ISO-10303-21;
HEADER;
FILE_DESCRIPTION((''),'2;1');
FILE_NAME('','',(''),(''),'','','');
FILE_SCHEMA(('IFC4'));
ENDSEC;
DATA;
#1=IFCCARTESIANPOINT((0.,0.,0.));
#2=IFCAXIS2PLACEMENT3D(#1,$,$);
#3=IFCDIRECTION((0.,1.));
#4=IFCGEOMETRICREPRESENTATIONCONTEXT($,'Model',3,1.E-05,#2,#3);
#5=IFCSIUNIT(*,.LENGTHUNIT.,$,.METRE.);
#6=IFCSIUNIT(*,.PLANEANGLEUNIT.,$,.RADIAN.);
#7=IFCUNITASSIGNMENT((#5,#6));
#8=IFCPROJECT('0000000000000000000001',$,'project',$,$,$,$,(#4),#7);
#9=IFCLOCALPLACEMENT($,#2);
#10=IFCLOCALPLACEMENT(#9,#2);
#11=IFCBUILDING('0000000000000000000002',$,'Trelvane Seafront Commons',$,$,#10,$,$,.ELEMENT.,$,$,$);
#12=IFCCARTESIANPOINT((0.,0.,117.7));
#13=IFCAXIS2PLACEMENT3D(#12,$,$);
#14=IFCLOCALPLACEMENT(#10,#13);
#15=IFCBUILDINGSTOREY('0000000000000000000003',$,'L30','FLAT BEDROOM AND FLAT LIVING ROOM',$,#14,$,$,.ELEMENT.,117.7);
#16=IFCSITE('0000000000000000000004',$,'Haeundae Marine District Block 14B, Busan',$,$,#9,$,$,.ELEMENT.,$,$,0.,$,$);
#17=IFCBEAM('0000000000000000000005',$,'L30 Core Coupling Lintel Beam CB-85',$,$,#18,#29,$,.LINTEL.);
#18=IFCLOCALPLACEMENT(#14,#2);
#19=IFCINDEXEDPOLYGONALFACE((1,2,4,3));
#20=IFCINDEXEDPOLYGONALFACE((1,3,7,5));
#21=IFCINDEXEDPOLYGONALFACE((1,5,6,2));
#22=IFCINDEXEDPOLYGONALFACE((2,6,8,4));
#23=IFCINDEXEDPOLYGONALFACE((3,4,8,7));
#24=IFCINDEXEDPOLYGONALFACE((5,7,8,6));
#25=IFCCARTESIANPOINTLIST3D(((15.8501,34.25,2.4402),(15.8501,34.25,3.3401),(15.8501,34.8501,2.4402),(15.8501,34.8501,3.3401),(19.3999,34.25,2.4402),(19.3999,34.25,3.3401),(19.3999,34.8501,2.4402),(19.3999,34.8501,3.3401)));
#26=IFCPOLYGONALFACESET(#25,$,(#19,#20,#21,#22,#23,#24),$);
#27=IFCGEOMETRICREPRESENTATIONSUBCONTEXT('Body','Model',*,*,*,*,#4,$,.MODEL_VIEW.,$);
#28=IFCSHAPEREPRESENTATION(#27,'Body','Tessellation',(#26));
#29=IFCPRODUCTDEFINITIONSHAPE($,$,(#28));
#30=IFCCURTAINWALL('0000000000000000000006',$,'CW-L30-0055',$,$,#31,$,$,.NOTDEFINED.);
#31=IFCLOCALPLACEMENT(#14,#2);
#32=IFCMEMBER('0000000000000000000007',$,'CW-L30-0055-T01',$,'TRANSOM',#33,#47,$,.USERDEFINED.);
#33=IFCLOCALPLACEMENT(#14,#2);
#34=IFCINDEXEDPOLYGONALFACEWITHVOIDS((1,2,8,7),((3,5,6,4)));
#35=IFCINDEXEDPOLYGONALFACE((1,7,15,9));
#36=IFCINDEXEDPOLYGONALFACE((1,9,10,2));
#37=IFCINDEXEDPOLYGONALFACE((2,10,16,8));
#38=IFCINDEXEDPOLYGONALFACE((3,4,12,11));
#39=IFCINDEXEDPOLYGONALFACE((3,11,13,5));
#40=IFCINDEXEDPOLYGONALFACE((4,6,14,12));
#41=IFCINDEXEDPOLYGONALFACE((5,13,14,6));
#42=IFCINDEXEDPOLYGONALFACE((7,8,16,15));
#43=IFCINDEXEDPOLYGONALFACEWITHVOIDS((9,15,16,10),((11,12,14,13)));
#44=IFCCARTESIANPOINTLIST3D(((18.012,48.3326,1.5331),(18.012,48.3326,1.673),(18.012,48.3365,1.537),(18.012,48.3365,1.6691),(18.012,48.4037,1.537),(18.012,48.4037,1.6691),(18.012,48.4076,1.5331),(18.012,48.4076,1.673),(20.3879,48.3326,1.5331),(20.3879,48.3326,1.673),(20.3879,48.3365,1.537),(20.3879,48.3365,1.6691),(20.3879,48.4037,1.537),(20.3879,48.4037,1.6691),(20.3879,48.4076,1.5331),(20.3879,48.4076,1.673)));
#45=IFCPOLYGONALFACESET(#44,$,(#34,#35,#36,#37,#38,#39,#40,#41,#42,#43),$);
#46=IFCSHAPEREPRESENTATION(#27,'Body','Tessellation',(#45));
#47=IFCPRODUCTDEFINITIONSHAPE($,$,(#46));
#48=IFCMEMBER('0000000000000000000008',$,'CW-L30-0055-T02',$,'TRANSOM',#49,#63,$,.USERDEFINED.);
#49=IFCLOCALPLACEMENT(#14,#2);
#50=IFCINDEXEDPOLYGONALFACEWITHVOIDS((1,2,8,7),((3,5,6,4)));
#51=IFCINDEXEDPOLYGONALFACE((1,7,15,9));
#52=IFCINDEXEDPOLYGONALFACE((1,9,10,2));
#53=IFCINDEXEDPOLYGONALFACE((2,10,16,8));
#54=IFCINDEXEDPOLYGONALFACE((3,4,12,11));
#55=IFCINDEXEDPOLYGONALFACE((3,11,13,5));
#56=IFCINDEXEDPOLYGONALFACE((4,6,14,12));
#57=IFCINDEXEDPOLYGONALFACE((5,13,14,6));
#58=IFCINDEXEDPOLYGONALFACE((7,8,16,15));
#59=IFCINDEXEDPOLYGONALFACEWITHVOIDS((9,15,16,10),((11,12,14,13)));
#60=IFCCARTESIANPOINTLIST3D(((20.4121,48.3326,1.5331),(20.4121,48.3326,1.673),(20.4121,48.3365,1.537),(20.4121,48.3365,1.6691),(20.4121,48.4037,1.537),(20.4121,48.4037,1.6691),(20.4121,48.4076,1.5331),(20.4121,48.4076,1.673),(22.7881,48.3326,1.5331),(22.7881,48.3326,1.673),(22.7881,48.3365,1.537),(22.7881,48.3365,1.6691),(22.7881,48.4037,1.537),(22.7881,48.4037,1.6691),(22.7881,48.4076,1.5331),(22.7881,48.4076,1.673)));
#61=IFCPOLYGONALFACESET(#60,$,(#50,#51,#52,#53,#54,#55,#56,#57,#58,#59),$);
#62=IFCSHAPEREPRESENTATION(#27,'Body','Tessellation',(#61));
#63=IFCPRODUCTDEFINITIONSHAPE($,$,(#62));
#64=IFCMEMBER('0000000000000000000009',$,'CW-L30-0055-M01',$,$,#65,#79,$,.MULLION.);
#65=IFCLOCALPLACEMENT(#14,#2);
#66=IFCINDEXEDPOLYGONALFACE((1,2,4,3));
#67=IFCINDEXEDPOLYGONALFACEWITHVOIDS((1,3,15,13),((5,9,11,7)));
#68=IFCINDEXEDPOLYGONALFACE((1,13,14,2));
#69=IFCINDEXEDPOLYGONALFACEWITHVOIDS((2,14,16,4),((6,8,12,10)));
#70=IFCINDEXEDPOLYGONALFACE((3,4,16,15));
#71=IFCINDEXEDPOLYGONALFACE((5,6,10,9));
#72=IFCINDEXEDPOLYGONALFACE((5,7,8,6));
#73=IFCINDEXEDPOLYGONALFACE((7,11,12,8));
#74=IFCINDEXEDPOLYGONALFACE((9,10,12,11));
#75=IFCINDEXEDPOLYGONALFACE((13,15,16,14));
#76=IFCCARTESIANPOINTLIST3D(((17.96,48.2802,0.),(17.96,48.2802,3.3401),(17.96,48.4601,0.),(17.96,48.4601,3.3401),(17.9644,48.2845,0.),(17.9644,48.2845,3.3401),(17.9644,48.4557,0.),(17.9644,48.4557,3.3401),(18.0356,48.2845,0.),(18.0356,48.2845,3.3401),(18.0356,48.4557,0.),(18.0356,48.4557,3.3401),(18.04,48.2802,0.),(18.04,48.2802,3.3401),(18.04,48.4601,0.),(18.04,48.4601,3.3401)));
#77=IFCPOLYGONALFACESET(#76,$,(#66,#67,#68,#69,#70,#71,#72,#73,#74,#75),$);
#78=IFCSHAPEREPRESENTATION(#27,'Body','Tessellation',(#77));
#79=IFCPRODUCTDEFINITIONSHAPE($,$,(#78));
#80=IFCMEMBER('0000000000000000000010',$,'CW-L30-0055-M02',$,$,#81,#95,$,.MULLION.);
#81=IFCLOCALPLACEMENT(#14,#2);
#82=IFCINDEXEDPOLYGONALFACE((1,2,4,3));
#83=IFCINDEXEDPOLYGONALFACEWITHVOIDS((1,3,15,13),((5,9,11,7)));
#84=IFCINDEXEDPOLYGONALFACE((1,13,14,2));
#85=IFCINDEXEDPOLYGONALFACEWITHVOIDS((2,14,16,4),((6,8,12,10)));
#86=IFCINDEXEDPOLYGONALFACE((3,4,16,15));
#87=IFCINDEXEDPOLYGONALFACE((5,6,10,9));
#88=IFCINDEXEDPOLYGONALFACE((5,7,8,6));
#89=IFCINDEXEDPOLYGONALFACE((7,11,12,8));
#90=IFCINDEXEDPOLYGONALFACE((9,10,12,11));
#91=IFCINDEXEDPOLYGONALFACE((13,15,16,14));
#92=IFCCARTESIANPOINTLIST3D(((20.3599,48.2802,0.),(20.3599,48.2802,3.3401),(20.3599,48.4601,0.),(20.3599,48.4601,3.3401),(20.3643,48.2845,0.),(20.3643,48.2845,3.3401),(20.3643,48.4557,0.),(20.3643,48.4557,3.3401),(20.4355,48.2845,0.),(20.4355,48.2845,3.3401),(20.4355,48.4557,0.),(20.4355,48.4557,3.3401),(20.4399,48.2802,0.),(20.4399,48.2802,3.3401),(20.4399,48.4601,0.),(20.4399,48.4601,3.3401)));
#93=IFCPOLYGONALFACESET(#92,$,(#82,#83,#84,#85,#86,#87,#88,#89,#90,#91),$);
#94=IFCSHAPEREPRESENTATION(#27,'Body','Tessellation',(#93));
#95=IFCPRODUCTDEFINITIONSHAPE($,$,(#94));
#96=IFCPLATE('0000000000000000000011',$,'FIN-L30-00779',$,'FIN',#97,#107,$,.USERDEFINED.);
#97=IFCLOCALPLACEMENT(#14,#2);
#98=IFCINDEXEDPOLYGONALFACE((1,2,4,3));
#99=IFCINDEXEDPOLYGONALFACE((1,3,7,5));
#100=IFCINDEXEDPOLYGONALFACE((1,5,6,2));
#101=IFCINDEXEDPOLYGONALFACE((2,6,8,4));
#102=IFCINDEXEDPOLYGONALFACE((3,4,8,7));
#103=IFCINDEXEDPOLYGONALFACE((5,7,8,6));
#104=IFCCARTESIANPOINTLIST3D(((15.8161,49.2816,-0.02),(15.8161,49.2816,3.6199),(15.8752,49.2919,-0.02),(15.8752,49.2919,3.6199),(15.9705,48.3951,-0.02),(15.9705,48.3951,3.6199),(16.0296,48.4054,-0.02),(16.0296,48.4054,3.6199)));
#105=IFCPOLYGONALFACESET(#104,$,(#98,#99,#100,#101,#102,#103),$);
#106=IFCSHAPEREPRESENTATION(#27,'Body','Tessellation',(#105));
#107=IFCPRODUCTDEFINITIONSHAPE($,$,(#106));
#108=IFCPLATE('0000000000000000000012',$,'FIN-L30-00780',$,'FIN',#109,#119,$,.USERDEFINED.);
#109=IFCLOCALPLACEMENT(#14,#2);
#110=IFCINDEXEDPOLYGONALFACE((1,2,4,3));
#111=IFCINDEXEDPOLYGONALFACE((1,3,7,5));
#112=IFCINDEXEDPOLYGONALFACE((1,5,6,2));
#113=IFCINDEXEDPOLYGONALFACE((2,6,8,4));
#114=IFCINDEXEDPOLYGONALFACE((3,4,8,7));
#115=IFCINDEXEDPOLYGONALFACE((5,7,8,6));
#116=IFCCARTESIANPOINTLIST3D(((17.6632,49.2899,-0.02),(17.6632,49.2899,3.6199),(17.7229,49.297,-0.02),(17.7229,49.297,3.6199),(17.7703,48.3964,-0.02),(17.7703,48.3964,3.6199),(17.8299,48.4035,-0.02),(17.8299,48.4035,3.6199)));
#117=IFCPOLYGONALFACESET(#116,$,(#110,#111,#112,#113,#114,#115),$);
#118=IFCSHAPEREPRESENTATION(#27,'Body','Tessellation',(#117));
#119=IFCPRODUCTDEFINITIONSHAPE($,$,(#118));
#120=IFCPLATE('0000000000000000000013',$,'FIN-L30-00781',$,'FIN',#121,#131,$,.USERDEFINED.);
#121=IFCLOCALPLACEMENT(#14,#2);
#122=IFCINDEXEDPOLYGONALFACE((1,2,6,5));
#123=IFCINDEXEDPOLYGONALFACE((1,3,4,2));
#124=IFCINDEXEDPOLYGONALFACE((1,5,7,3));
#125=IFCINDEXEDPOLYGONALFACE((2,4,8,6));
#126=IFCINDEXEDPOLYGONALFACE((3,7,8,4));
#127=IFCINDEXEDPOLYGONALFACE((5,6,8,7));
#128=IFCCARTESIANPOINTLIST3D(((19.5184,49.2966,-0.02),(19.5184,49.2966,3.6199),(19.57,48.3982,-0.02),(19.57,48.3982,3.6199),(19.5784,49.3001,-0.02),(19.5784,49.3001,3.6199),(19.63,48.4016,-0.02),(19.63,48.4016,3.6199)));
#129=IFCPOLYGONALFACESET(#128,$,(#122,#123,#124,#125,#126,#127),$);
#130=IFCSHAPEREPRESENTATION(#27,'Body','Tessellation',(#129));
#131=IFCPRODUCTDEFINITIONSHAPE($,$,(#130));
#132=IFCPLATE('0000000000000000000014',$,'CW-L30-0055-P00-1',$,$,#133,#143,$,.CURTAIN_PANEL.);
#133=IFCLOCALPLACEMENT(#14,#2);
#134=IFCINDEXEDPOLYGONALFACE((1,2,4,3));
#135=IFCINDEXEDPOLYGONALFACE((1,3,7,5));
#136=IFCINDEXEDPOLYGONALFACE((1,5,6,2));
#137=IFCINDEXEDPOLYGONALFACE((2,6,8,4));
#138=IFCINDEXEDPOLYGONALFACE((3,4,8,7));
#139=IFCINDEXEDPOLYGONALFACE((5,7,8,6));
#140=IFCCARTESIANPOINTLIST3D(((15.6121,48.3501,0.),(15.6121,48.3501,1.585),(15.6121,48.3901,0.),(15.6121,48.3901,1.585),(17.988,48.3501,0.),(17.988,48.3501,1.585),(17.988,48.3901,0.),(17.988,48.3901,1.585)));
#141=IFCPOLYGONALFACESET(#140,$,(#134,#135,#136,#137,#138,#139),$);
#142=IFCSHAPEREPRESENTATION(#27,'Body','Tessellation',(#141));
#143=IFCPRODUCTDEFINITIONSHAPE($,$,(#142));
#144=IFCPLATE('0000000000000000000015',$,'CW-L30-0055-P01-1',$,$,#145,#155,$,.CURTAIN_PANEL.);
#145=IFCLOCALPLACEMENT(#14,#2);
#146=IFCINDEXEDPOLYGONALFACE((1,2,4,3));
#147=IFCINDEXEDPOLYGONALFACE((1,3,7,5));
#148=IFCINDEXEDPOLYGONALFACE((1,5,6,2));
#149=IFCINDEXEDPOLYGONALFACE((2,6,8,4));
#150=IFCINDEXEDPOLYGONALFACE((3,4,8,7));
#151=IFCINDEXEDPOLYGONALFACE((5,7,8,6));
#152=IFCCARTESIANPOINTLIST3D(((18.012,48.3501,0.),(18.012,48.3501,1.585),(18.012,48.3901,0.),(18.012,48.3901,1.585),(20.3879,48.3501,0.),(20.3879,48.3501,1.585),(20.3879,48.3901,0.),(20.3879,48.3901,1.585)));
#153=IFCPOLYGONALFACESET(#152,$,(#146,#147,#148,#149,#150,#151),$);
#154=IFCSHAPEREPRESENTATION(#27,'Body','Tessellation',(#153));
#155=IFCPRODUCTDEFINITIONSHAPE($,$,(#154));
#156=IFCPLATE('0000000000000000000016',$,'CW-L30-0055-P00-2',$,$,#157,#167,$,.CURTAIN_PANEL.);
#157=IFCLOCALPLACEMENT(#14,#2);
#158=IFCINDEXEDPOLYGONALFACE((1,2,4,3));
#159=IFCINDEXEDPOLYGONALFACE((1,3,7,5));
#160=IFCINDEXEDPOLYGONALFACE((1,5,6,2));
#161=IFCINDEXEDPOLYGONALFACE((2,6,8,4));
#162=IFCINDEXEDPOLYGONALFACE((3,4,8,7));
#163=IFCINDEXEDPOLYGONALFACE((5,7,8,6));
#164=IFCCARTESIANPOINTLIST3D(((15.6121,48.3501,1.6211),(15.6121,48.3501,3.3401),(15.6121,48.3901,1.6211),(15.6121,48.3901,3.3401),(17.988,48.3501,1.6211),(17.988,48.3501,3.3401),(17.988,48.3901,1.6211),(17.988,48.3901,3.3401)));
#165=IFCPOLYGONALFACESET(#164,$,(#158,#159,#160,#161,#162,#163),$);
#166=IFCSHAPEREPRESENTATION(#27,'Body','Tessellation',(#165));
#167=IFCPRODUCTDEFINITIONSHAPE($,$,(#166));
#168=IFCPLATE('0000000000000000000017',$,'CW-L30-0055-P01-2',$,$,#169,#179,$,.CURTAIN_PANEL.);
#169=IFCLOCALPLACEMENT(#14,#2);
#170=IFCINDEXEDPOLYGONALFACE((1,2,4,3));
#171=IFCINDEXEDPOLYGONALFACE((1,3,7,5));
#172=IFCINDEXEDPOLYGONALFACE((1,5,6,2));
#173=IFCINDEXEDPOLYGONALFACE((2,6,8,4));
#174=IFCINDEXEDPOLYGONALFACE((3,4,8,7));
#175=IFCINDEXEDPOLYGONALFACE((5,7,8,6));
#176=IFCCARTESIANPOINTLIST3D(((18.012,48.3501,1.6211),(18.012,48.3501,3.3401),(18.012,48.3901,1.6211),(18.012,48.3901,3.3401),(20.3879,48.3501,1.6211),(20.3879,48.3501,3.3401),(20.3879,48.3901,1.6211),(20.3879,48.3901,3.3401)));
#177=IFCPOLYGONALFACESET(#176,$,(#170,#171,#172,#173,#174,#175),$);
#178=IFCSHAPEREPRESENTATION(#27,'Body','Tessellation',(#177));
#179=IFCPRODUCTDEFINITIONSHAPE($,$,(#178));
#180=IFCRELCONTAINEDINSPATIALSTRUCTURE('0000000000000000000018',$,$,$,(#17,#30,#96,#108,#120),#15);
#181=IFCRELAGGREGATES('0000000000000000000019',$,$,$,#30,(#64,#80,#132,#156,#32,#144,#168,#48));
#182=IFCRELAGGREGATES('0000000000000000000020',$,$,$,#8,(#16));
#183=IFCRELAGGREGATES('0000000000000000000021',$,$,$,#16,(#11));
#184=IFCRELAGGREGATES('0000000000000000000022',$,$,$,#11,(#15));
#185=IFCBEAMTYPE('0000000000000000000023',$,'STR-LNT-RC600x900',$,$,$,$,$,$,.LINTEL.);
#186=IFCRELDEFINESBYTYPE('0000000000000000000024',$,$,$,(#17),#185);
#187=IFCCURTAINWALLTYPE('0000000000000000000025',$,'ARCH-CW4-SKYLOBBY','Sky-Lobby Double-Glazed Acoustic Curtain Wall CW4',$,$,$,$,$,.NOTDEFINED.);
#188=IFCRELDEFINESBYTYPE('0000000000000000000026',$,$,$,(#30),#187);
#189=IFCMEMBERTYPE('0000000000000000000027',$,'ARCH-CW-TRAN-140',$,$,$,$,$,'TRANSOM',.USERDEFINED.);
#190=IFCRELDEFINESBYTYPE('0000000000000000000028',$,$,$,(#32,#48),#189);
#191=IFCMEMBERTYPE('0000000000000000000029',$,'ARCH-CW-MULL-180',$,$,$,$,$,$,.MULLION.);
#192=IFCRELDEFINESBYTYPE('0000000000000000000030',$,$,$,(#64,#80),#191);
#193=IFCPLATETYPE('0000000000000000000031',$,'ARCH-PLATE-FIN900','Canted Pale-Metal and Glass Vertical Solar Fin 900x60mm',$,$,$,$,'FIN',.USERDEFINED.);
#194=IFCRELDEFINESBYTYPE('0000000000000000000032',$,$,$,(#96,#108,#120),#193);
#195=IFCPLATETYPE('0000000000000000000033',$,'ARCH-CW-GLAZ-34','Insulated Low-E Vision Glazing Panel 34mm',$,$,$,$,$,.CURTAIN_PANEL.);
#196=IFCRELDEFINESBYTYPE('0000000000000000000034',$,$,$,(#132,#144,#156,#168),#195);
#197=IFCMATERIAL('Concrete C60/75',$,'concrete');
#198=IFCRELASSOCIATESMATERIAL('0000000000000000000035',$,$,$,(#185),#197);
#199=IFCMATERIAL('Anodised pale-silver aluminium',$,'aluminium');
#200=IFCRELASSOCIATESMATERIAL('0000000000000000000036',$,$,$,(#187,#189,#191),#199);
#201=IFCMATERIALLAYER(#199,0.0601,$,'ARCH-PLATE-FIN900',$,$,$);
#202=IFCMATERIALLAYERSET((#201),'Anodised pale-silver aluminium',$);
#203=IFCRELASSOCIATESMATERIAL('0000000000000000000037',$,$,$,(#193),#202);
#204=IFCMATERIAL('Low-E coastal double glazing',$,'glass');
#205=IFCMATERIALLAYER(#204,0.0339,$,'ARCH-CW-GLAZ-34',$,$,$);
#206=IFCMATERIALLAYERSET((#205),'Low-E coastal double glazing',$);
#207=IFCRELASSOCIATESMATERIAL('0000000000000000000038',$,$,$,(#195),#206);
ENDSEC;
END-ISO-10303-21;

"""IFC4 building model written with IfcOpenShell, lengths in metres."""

from ifc_helpers import new_model, si_unit, direction, frame, origin, origin_2d, place, context, subcontext, project, spatial, rectangle, hollow_rectangle, extrude, source, transform, mapped, material, layer, layer_set, material_profile, profile_set, type_object, element, aggregate, save


model = new_model("IFC4")

# Units and contexts
model_context = context("Model", 3, precision=1e-05, world=origin(), true_north=direction((0.0, 1.0)))
body_context = subcontext(model_context, "Body", "Model", "MODEL_VIEW")
ifc_project = project(units=[si_unit("LENGTHUNIT", "METRE"), si_unit("PLANEANGLEUNIT", "RADIAN")], contexts=[model_context])

# Site, building, storey
site_placement = place(None, origin())
site = spatial("IfcSite", under=ifc_project, at=site_placement, Name="Haeundae Marine District Block 14B, Busan", CompositionType="ELEMENT", RefElevation=0.0)
building_placement = place(site_placement, origin())
building = spatial("IfcBuilding", under=site, at=building_placement, Name="Trelvane Seafront Commons", CompositionType="ELEMENT")
storey_placement = place(building_placement, frame((0.0, 0.0, 117.7)))
storey = spatial("IfcBuildingStorey", under=building, at=storey_placement, Name="L30", Description="FLAT BEDROOM AND FLAT LIVING ROOM", CompositionType="ELEMENT", Elevation=117.7)

# Beam
ifc_material_1 = material(Name="Concrete C60/75", Category="concrete")
ifc_material_profile_1 = material_profile(ifc_material_1, rectangle(XDim=0.6001, YDim=0.8999, at=origin_2d()), Name="RC-600x900")
ifc_profile_set_1 = profile_set([ifc_material_profile_1], Name="Concrete C60/75")
beam_type = type_object("IfcBeamType", Name="STR-LNT-RC600x900", PredefinedType="LINTEL", material=ifc_profile_set_1)
shared_shape_1 = source(origin(), body_context, "Body", "SweptSolid", [
    extrude(rectangle(XDim=0.6001, YDim=0.8999, at=origin_2d()), origin(), (0.0, 0.0, 1.0), 3.5498),
])
beam_placement = place(storey_placement, frame((15.8501, 34.55, 2.8901), z_axis=(1.0, 0.0, 0.0), x_axis=(0.0, 1.0, 0.0)))
element("IfcBeam", 1, at=beam_placement, inside=storey, type_object=beam_type, Name="L30 Core Coupling Lintel Beam CB-85", PredefinedType="LINTEL", context=body_context, shape_type="MappedRepresentation", body=[
    mapped(shared_shape_1, transform((0.0, 0.0, 0.0), x_axis=(1.0, 0.0, 0.0), y_axis=(0.0, 1.0, 0.0), z_axis=(0.0, 0.0, 1.0), scale=1.0)),
])

# Curtain wall, members
ifc_material_2 = material(Name="Anodised pale-silver aluminium", Category="aluminium")
curtain_wall_type = type_object("IfcCurtainWallType", Name="ARCH-CW4-SKYLOBBY", Description="Sky-Lobby Double-Glazed Acoustic Curtain Wall CW4", PredefinedType="NOTDEFINED", material=ifc_material_2)
curtain_wall_placement = place(storey_placement, origin())
curtain_wall = element("IfcCurtainWall", 2, at=curtain_wall_placement, inside=storey, type_object=curtain_wall_type, Name="CW-L30-0055", PredefinedType="NOTDEFINED")
ifc_material_profile_2 = material_profile(ifc_material_2, hollow_rectangle(XDim=0.075, YDim=0.1399, WallThickness=0.0039, at=origin_2d()), Name="TRAN-75x140x4")
ifc_profile_set_2 = profile_set([ifc_material_profile_2], Name="Anodised pale-silver aluminium")
member_type_1 = type_object("IfcMemberType", Name="ARCH-CW-TRAN-140", ElementType="TRANSOM", PredefinedType="USERDEFINED", material=ifc_profile_set_2)
shared_shape_2 = source(origin(), body_context, "Body", "SweptSolid", [
    extrude(hollow_rectangle(XDim=0.075, YDim=0.1399, WallThickness=0.0039, at=origin_2d()), origin(), (0.0, 0.0, 1.0), 2.376),
])
member_1_placement = place(storey_placement, frame((18.012, 48.3701, 1.603), z_axis=(1.0, 0.0, 0.0), x_axis=(0.0, 1.0, 0.0)))
member_1 = element("IfcMember", 3, at=member_1_placement, type_object=member_type_1, Name="CW-L30-0055-T01", ObjectType="TRANSOM", PredefinedType="USERDEFINED", context=body_context, shape_type="MappedRepresentation", body=[
    mapped(shared_shape_2, transform((0.0, 0.0, 0.0), x_axis=(1.0, 0.0, 0.0), y_axis=(0.0, 1.0, 0.0), z_axis=(0.0, 0.0, 1.0), scale=1.0)),
])
member_2_placement = place(storey_placement, frame((20.4121, 48.3701, 1.603), z_axis=(1.0, 0.0, 0.0), x_axis=(0.0, 1.0, 0.0)))
member_2 = element("IfcMember", 4, at=member_2_placement, type_object=member_type_1, Name="CW-L30-0055-T02", ObjectType="TRANSOM", PredefinedType="USERDEFINED", context=body_context, shape_type="MappedRepresentation", body=[
    mapped(shared_shape_2, transform((0.0, 0.0, 0.0), x_axis=(1.0, 0.0, 0.0), y_axis=(0.0, 1.0, 0.0), z_axis=(0.0, 0.0, 1.0), scale=1.0)),
])
ifc_material_profile_3 = material_profile(ifc_material_2, hollow_rectangle(XDim=0.0801, YDim=0.1799, WallThickness=0.0044, at=origin_2d()), Name="MULL-80x180x4.5")
ifc_profile_set_3 = profile_set([ifc_material_profile_3], Name="Anodised pale-silver aluminium")
member_type_2 = type_object("IfcMemberType", Name="ARCH-CW-MULL-180", PredefinedType="MULLION", material=ifc_profile_set_3)
shared_shape_3 = source(origin(), body_context, "Body", "SweptSolid", [
    extrude(hollow_rectangle(XDim=0.0801, YDim=0.1799, WallThickness=0.0044, at=origin_2d()), origin(), (0.0, 0.0, 1.0), 3.3401),
])
member_3_placement = place(storey_placement, frame((18.0, 48.3701, 0.0), z_axis=(0.0, 0.0, 1.0), x_axis=(1.0, 0.0, 0.0)))
member_3 = element("IfcMember", 5, at=member_3_placement, type_object=member_type_2, Name="CW-L30-0055-M01", PredefinedType="MULLION", context=body_context, shape_type="MappedRepresentation", body=[
    mapped(shared_shape_3, transform((0.0, 0.0, 0.0), x_axis=(1.0, 0.0, 0.0), y_axis=(0.0, 1.0, 0.0), z_axis=(0.0, 0.0, 1.0), scale=1.0)),
])
member_4_placement = place(storey_placement, frame((20.3999, 48.3701, 0.0), z_axis=(0.0, 0.0, 1.0), x_axis=(1.0, 0.0, 0.0)))
member_4 = element("IfcMember", 6, at=member_4_placement, type_object=member_type_2, Name="CW-L30-0055-M02", PredefinedType="MULLION", context=body_context, shape_type="MappedRepresentation", body=[
    mapped(shared_shape_3, transform((0.0, 0.0, 0.0), x_axis=(1.0, 0.0, 0.0), y_axis=(0.0, 1.0, 0.0), z_axis=(0.0, 0.0, 1.0), scale=1.0)),
])

# Plates
ifc_layer_1 = layer(ifc_material_2, 0.0601, Name="ARCH-PLATE-FIN900")
ifc_layer_set_1 = layer_set([ifc_layer_1], Name="Anodised pale-silver aluminium")
plate_type_1 = type_object("IfcPlateType", Name="ARCH-PLATE-FIN900", Description="Canted Pale-Metal and Glass Vertical Solar Fin 900x60mm", ElementType="FIN", PredefinedType="USERDEFINED", material=ifc_layer_set_1)
shared_shape_4 = source(origin(), body_context, "Body", "SweptSolid", [
    extrude(rectangle(XDim=0.8999, YDim=0.0601, at=origin_2d()), origin(), (0.0, 0.0, 1.0), 3.6399),
])
for number, where, z_axis, x_axis, name in (
    (7, (15.9229, 48.8435, -0.02), (0.0, 0.0, 1.0), (-0.171547, 0.985176, 0.0), "FIN-L30-00779"),
    (8, (17.7466, 48.8467, -0.02), (0.0, 0.0, 1.0), (-0.119, 0.992894, 0.0), "FIN-L30-00780"),
    (9, (19.5742, 48.8491, -0.02), (0.0, 0.0, 1.0), (-0.057334, 0.998355, 0.0), "FIN-L30-00781"),
):
    element("IfcPlate", number, at=place(storey_placement, frame(where, z_axis=z_axis, x_axis=x_axis)), inside=storey, type_object=plate_type_1, Name=name, ObjectType="FIN", PredefinedType="USERDEFINED", context=body_context, shape_type="MappedRepresentation", body=[
        mapped(shared_shape_4, transform((0.0, 0.0, 0.0), x_axis=(1.0, 0.0, 0.0), y_axis=(0.0, 1.0, 0.0), z_axis=(0.0, 0.0, 1.0), scale=1.0)),
    ])

# Plates
ifc_material_3 = material(Name="Low-E coastal double glazing", Category="glass")
ifc_layer_2 = layer(ifc_material_3, 0.0339, Name="ARCH-CW-GLAZ-34")
ifc_layer_set_2 = layer_set([ifc_layer_2], Name="Low-E coastal double glazing")
plate_type_2 = type_object("IfcPlateType", Name="ARCH-CW-GLAZ-34", Description="Insulated Low-E Vision Glazing Panel 34mm", PredefinedType="CURTAIN_PANEL", material=ifc_layer_set_2)
shared_shape_5 = source(origin(), body_context, "Body", "SweptSolid", [
    extrude(rectangle(XDim=2.376, YDim=0.04, at=origin_2d()), origin(), (0.0, 0.0, 1.0), 1.585),
])
plate_1_placement = place(storey_placement, frame((16.8, 48.3701, 0.0), z_axis=(0.0, 0.0, 1.0), x_axis=(1.0, 0.0, 0.0)))
plate_1 = element("IfcPlate", 10, at=plate_1_placement, type_object=plate_type_2, Name="CW-L30-0055-P00-1", PredefinedType="CURTAIN_PANEL", context=body_context, shape_type="MappedRepresentation", body=[
    mapped(shared_shape_5, transform((0.0, 0.0, 0.0), x_axis=(1.0, 0.0, 0.0), y_axis=(0.0, 1.0, 0.0), z_axis=(0.0, 0.0, 1.0), scale=1.0)),
])
plate_2_placement = place(storey_placement, frame((19.2, 48.3701, 0.0), z_axis=(0.0, 0.0, 1.0), x_axis=(1.0, 0.0, 0.0)))
plate_2 = element("IfcPlate", 11, at=plate_2_placement, type_object=plate_type_2, Name="CW-L30-0055-P01-1", PredefinedType="CURTAIN_PANEL", context=body_context, shape_type="MappedRepresentation", body=[
    mapped(shared_shape_5, transform((0.0, 0.0, 0.0), x_axis=(1.0, 0.0, 0.0), y_axis=(0.0, 1.0, 0.0), z_axis=(0.0, 0.0, 1.0), scale=1.0)),
])
shared_shape_6 = source(origin(), body_context, "Body", "SweptSolid", [
    extrude(rectangle(XDim=2.376, YDim=0.04, at=origin_2d()), origin(), (0.0, 0.0, 1.0), 1.719),
])
plate_3_placement = place(storey_placement, frame((16.8, 48.3701, 1.6211), z_axis=(0.0, 0.0, 1.0), x_axis=(1.0, 0.0, 0.0)))
plate_3 = element("IfcPlate", 12, at=plate_3_placement, type_object=plate_type_2, Name="CW-L30-0055-P00-2", PredefinedType="CURTAIN_PANEL", context=body_context, shape_type="MappedRepresentation", body=[
    mapped(shared_shape_6, transform((0.0, 0.0, 0.0), x_axis=(1.0, 0.0, 0.0), y_axis=(0.0, 1.0, 0.0), z_axis=(0.0, 0.0, 1.0), scale=1.0)),
])
plate_4_placement = place(storey_placement, frame((19.2, 48.3701, 1.6211), z_axis=(0.0, 0.0, 1.0), x_axis=(1.0, 0.0, 0.0)))
plate_4 = element("IfcPlate", 13, at=plate_4_placement, type_object=plate_type_2, Name="CW-L30-0055-P01-2", PredefinedType="CURTAIN_PANEL", context=body_context, shape_type="MappedRepresentation", body=[
    mapped(shared_shape_6, transform((0.0, 0.0, 0.0), x_axis=(1.0, 0.0, 0.0), y_axis=(0.0, 1.0, 0.0), z_axis=(0.0, 0.0, 1.0), scale=1.0)),
])
aggregate(curtain_wall, [member_3, member_4, plate_1, plate_3, member_1, plate_2, plate_4, member_2])

save(model, "model.ifc")
